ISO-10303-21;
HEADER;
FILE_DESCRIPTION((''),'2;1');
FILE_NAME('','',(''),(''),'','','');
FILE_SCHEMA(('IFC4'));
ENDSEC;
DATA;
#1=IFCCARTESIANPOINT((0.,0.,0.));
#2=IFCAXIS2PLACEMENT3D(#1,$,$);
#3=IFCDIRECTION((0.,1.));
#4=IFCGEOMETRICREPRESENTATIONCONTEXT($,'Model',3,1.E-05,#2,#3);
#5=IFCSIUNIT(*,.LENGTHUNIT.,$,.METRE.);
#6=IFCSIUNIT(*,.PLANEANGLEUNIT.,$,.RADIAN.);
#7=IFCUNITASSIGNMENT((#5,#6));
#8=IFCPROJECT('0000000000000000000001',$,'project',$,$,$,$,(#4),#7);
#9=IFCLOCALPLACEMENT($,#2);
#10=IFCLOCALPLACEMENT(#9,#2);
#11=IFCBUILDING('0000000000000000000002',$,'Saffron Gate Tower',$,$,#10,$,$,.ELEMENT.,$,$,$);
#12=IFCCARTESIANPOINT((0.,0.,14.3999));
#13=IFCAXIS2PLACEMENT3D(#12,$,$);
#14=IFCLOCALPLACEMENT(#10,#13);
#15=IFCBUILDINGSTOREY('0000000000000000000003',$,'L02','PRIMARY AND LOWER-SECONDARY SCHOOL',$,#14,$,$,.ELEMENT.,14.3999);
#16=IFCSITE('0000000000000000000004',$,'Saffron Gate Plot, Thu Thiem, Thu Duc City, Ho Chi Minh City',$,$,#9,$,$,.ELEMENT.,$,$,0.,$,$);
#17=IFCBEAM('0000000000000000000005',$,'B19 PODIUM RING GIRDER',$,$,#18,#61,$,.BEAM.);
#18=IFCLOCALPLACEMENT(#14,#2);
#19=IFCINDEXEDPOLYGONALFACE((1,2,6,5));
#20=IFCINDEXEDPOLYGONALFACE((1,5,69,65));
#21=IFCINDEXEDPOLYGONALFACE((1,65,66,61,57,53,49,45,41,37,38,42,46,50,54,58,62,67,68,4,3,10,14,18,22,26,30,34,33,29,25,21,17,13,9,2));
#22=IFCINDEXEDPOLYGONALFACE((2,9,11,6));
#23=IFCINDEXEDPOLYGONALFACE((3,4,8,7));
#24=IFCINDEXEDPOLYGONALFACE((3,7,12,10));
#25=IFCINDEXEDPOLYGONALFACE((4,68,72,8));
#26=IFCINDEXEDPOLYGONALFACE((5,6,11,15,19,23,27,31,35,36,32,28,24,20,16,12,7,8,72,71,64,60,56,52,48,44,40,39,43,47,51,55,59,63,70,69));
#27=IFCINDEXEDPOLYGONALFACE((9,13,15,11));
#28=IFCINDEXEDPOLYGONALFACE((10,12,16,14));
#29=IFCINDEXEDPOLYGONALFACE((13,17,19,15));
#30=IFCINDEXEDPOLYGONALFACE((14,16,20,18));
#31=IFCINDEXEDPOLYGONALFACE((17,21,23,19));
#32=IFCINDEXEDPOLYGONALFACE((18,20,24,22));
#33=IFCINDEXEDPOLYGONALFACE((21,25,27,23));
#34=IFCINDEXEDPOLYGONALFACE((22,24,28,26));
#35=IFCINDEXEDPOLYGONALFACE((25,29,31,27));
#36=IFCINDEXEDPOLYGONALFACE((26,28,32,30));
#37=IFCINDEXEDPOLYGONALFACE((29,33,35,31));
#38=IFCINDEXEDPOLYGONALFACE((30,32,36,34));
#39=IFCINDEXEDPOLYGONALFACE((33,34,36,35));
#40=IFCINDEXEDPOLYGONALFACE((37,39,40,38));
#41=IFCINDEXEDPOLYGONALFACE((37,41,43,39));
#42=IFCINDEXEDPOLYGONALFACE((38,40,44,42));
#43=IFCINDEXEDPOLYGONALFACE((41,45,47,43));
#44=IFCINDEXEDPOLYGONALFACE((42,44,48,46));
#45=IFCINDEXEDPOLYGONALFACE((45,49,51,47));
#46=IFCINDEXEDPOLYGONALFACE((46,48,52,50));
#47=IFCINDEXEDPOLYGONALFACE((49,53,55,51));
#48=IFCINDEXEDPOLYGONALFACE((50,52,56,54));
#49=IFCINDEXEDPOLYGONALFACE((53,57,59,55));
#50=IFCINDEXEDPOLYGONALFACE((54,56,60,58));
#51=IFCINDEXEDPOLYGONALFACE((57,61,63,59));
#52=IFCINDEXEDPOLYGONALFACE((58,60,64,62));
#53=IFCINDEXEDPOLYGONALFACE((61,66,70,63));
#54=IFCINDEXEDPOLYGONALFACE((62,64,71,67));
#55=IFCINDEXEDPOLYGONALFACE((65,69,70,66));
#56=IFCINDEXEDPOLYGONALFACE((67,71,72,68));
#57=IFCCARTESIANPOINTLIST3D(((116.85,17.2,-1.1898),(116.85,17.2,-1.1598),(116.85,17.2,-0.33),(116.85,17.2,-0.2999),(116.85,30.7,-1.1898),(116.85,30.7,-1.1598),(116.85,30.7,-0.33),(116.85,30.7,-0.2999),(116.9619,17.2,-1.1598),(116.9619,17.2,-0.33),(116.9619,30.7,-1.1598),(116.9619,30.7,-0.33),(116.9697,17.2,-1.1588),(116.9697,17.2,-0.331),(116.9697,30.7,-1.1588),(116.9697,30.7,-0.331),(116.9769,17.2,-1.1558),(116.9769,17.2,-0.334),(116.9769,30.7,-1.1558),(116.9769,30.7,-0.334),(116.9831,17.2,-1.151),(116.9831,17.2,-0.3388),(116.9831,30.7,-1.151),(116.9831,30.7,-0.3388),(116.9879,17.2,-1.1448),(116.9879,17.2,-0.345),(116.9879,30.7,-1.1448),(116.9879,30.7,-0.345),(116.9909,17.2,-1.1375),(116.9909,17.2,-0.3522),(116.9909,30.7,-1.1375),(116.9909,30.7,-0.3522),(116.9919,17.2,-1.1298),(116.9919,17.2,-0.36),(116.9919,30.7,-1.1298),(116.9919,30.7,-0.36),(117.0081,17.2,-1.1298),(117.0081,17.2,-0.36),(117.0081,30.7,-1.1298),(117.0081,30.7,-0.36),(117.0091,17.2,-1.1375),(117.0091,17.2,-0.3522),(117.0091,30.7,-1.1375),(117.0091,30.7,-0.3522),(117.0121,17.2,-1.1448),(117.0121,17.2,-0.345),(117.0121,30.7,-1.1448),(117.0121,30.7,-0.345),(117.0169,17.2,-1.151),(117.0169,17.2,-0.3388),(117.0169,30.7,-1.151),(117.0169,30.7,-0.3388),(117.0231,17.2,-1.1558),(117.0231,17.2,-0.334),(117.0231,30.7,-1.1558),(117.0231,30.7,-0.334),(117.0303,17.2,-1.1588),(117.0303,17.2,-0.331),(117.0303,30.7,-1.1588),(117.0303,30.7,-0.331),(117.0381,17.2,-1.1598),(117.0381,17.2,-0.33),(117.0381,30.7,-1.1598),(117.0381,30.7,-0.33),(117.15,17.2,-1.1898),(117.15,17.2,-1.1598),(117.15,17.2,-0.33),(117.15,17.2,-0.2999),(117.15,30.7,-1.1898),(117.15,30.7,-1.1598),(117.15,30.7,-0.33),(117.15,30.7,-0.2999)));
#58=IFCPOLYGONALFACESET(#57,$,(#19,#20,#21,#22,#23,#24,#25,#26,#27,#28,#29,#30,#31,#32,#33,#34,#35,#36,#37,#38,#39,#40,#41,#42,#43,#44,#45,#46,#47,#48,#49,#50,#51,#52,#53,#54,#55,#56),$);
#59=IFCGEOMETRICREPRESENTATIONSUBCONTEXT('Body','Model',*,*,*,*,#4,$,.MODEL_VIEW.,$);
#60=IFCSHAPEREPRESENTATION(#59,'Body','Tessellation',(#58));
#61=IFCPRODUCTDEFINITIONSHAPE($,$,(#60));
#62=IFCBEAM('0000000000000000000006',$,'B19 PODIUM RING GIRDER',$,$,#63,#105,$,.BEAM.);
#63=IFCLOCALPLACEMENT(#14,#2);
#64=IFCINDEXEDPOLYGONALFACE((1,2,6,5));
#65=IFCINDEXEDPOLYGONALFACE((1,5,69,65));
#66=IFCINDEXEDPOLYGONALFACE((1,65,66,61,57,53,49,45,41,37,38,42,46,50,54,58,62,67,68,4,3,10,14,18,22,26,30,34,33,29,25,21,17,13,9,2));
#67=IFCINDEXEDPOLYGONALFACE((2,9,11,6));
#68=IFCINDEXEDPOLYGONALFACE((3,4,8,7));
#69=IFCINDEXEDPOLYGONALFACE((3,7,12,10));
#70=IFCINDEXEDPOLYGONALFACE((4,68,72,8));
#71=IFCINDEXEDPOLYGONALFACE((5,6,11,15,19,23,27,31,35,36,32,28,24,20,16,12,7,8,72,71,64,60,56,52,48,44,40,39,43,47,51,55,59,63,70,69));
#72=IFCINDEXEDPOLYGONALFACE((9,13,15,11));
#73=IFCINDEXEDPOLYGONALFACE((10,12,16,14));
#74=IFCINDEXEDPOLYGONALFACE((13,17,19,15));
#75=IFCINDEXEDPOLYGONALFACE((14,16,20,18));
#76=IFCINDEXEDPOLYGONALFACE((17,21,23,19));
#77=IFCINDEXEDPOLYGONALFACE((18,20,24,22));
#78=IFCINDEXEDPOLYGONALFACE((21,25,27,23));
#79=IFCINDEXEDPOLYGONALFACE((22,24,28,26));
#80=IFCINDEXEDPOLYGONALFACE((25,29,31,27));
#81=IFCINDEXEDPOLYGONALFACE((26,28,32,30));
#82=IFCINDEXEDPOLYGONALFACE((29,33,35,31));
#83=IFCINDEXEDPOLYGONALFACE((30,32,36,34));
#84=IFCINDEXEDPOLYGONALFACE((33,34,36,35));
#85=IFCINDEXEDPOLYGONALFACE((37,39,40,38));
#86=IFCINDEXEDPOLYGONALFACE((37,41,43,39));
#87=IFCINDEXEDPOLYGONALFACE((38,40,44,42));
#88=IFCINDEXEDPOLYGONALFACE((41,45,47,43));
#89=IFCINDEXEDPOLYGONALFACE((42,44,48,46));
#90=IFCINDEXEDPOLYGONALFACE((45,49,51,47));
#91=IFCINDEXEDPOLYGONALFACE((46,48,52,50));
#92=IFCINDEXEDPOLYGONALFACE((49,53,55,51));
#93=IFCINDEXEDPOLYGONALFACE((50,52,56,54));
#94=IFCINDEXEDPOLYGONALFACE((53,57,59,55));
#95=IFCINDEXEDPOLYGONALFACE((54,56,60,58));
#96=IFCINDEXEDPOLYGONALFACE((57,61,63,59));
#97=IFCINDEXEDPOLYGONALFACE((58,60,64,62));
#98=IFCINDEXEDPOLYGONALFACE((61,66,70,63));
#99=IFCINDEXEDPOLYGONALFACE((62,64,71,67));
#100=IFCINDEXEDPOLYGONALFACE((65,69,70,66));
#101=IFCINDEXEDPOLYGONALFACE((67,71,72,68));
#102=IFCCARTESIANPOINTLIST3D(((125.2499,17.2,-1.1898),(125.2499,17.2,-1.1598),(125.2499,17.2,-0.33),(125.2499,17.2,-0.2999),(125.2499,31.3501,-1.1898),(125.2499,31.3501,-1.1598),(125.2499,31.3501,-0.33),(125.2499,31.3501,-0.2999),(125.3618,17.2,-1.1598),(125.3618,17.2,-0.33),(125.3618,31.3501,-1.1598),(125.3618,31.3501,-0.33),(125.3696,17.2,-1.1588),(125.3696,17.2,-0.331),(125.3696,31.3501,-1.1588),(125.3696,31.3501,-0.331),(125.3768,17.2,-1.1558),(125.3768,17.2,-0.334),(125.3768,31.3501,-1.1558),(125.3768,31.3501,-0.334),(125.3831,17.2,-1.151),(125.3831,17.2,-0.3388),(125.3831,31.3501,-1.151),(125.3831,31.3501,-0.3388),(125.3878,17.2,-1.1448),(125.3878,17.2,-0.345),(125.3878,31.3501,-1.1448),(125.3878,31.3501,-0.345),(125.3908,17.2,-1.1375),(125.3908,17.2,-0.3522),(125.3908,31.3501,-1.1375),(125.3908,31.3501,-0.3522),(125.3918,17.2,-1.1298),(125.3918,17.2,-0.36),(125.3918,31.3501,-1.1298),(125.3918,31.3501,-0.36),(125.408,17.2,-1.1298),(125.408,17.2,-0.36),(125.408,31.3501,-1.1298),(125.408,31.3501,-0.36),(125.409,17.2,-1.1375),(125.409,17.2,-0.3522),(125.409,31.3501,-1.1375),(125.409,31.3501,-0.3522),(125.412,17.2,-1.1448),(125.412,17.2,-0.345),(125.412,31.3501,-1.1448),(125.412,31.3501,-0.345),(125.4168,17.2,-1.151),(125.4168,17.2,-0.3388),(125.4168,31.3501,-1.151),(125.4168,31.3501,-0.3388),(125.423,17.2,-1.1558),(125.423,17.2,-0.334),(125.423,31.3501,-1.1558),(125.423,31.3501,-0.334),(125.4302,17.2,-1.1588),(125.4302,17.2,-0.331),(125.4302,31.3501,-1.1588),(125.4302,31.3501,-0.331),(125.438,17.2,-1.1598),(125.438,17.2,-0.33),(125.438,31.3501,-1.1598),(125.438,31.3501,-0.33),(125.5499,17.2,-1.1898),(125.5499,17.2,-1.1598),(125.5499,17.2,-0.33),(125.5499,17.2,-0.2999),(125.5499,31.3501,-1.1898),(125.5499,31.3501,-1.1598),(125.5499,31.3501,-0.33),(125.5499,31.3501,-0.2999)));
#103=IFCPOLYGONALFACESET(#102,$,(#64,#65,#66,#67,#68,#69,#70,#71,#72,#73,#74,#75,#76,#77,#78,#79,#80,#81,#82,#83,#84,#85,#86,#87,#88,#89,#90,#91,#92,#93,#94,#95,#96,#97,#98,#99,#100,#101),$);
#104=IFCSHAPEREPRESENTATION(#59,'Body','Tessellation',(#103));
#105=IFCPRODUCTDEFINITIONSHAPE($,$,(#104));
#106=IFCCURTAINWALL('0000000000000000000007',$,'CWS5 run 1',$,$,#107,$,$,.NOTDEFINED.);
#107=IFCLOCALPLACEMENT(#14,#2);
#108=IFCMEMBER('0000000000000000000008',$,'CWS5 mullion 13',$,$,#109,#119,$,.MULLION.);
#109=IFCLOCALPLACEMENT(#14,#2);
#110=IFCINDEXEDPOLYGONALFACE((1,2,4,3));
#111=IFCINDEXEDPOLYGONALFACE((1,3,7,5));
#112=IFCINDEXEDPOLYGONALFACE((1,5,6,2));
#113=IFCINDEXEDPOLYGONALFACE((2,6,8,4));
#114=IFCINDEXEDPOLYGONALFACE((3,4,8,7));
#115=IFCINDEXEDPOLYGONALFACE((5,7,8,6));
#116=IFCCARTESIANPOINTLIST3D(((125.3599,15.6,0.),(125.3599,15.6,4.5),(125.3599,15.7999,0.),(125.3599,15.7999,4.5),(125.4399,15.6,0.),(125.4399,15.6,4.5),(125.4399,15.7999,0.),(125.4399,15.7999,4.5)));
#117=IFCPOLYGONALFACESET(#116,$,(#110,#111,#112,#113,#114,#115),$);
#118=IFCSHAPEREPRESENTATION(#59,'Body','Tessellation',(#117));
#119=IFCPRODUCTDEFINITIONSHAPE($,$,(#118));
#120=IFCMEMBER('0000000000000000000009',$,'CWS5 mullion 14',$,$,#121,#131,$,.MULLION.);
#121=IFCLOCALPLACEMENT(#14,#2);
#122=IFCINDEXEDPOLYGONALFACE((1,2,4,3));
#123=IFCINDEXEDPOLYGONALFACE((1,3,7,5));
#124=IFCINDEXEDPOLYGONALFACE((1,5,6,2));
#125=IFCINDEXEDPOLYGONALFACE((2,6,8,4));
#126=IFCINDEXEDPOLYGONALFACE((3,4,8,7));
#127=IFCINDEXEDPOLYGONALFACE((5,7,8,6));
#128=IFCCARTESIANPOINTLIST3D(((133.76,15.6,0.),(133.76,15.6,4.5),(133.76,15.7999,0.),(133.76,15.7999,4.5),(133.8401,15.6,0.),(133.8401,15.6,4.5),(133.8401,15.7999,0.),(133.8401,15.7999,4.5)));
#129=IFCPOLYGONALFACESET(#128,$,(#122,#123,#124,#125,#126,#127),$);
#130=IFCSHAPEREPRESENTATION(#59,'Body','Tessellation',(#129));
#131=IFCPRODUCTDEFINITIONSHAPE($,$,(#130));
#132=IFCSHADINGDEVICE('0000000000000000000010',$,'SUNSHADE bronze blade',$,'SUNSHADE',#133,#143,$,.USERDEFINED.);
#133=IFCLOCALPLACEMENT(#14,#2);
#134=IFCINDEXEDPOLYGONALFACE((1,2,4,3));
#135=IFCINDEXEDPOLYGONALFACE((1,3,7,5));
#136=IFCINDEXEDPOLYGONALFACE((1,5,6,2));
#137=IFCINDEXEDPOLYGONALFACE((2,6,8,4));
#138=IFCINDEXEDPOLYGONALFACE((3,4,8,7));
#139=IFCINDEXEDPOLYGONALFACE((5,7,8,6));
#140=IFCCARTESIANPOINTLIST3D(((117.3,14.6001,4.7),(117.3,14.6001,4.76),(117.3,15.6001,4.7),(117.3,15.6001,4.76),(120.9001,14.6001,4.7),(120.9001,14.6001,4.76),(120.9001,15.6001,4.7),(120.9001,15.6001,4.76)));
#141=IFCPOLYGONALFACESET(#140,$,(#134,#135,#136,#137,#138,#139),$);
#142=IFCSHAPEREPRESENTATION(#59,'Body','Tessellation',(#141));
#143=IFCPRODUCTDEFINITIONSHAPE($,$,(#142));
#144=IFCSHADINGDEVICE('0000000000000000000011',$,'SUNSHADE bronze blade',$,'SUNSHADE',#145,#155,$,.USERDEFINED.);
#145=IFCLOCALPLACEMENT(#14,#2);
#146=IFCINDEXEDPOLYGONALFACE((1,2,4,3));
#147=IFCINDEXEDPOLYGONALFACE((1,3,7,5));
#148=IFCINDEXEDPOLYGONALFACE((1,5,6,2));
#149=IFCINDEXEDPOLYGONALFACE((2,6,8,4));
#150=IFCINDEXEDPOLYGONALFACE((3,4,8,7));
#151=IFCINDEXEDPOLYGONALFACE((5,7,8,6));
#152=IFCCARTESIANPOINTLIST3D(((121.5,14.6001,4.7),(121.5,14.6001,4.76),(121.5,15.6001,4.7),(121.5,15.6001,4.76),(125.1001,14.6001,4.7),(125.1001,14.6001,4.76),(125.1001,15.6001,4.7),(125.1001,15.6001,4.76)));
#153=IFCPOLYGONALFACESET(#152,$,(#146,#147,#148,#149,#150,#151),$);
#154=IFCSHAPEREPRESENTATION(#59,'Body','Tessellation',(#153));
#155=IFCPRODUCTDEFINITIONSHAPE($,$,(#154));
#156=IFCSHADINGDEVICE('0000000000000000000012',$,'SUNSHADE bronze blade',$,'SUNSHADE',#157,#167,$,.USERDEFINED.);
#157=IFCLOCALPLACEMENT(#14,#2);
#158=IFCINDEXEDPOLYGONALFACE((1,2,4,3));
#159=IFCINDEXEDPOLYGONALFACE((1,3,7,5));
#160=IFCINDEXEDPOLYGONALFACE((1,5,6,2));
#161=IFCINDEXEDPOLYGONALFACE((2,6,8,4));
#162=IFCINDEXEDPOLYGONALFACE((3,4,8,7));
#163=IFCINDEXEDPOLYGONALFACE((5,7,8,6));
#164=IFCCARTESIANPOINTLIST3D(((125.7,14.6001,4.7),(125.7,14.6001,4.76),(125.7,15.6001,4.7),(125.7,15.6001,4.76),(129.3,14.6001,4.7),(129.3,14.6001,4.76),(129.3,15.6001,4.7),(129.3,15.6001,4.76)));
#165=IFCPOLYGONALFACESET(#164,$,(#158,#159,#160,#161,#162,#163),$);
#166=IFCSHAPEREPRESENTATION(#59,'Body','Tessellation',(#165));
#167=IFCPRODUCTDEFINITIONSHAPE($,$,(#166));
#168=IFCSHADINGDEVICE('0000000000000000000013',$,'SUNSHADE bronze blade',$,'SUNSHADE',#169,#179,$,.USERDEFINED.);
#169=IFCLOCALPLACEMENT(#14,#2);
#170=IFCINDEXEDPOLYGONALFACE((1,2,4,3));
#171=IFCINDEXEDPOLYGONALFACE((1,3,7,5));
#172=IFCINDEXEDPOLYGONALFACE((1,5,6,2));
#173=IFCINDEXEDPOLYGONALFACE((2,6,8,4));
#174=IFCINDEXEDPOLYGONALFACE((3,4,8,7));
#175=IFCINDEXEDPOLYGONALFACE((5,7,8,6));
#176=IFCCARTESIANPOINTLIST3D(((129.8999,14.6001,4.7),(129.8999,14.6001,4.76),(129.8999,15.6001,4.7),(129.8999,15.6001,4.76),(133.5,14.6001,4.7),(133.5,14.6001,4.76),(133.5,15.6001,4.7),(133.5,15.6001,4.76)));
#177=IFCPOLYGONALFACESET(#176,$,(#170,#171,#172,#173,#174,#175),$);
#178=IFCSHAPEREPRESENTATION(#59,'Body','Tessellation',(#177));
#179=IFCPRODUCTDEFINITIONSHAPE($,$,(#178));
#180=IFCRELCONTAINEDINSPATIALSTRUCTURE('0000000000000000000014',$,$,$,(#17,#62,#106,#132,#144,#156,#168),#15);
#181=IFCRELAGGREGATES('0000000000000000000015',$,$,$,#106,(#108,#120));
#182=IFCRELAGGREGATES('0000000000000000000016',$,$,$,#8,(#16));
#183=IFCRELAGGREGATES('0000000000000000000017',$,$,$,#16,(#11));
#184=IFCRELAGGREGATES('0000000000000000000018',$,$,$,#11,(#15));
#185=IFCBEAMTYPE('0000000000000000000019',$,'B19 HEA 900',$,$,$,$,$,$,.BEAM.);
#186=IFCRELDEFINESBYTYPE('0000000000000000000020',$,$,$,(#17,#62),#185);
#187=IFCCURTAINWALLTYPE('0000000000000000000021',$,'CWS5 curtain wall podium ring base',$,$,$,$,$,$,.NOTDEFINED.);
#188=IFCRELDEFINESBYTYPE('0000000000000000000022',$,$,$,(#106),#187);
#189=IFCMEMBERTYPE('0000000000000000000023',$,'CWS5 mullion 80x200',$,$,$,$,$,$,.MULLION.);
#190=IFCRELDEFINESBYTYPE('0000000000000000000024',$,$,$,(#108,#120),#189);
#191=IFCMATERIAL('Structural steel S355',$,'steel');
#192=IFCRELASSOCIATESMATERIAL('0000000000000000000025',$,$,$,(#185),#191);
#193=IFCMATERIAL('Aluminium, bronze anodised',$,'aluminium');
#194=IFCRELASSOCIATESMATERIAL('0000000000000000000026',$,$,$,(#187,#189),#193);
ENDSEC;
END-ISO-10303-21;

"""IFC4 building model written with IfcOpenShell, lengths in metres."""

from ifc_helpers import new_model, si_unit, direction, frame, origin, origin_2d, place, context, subcontext, project, spatial, rectangle, i_section, extrude, material, material_profile, profile_set, type_object, element, aggregate, save


model = new_model("IFC4")

# Units and contexts
model_context = context("Model", 3, precision=1e-05, world=origin(), true_north=direction((0.0, 1.0)))
body_context = subcontext(model_context, "Body", "Model", "MODEL_VIEW")
ifc_project = project(units=[si_unit("LENGTHUNIT", "METRE"), si_unit("PLANEANGLEUNIT", "RADIAN")], contexts=[model_context])

# Site, building, storey
site_placement = place(None, origin())
site = spatial("IfcSite", under=ifc_project, at=site_placement, Name="Saffron Gate Plot, Thu Thiem, Thu Duc City, Ho Chi Minh City", CompositionType="ELEMENT", RefElevation=0.0)
building_placement = place(site_placement, origin())
building = spatial("IfcBuilding", under=site, at=building_placement, Name="Saffron Gate Tower", CompositionType="ELEMENT")
storey_placement = place(building_placement, frame((0.0, 0.0, 14.3999)))
storey = spatial("IfcBuildingStorey", under=building, at=storey_placement, Name="L02", Description="PRIMARY AND LOWER-SECONDARY SCHOOL", CompositionType="ELEMENT", Elevation=14.3999)

# Beams
ifc_material_1 = material(Name="Structural steel S355", Category="steel")
ifc_material_profile_1 = material_profile(ifc_material_1, i_section(OverallWidth=0.3, OverallDepth=0.8899, WebThickness=0.0161, FlangeThickness=0.03, FilletRadius=0.03, at=origin_2d()))
ifc_profile_set_1 = profile_set([ifc_material_profile_1], Name="Structural steel S355")
beam_type_1 = type_object("IfcBeamType", Name="B19 HEA 900", PredefinedType="BEAM", material=ifc_profile_set_1)
beam_1_placement = place(storey_placement, frame((117.0, 17.2, -0.7449), z_axis=(0.0, 1.0, 0.0), x_axis=(-1.0, 0.0, 0.0)))
element("IfcBeam", 1, at=beam_1_placement, inside=storey, type_object=beam_type_1, Name="B19 PODIUM RING GIRDER", PredefinedType="BEAM", context=body_context, shape_type="SweptSolid", body=[
    extrude(i_section(OverallWidth=0.3, OverallDepth=0.8899, WebThickness=0.0161, FlangeThickness=0.03, FilletRadius=0.03, at=origin_2d()), origin(), (0.0, 0.0, 1.0), 13.5),
])
beam_2_placement = place(storey_placement, frame((125.3999, 17.2, -0.7449), z_axis=(0.0, 1.0, 0.0), x_axis=(-1.0, 0.0, 0.0)))
element("IfcBeam", 2, at=beam_2_placement, inside=storey, type_object=beam_type_1, Name="B19 PODIUM RING GIRDER", PredefinedType="BEAM", context=body_context, shape_type="SweptSolid", body=[
    extrude(i_section(OverallWidth=0.3, OverallDepth=0.8899, WebThickness=0.0161, FlangeThickness=0.03, FilletRadius=0.03, at=origin_2d()), origin(), (0.0, 0.0, 1.0), 14.1501),
])

# Curtain wall, members
ifc_material_2 = material(Name="Aluminium, bronze anodised", Category="aluminium")
curtain_wall_type = type_object("IfcCurtainWallType", Name="CWS5 curtain wall podium ring base", PredefinedType="NOTDEFINED", material=ifc_material_2)
curtain_wall_placement = place(storey_placement, origin())
curtain_wall = element("IfcCurtainWall", 3, at=curtain_wall_placement, inside=storey, type_object=curtain_wall_type, Name="CWS5 run 1", PredefinedType="NOTDEFINED")
ifc_material_profile_2 = material_profile(ifc_material_2, rectangle(XDim=0.2, YDim=0.0801, at=origin_2d()))
ifc_profile_set_2 = profile_set([ifc_material_profile_2], Name="Aluminium, bronze anodised")
member_type = type_object("IfcMemberType", Name="CWS5 mullion 80x200", PredefinedType="MULLION", material=ifc_profile_set_2)
member_1_placement = place(storey_placement, frame((125.3999, 15.7, 0.0), z_axis=(0.0, 0.0, 1.0), x_axis=(0.0, 1.0, 0.0)))
member_1 = element("IfcMember", 4, at=member_1_placement, type_object=member_type, Name="CWS5 mullion 13", PredefinedType="MULLION", context=body_context, shape_type="SweptSolid", body=[
    extrude(rectangle(XDim=0.2, YDim=0.0801, at=origin_2d()), origin(), (0.0, 0.0, 1.0), 4.5),
])
member_2_placement = place(storey_placement, frame((133.8, 15.7, 0.0), z_axis=(0.0, 0.0, 1.0), x_axis=(0.0, 1.0, 0.0)))
member_2 = element("IfcMember", 5, at=member_2_placement, type_object=member_type, Name="CWS5 mullion 14", PredefinedType="MULLION", context=body_context, shape_type="SweptSolid", body=[
    extrude(rectangle(XDim=0.2, YDim=0.0801, at=origin_2d()), origin(), (0.0, 0.0, 1.0), 4.5),
])
aggregate(curtain_wall, [member_1, member_2])

# Shading devices
for number, where, z_axis, x_axis, name in (
    (6, (119.1001, 15.1001, 4.7), (0.0, 0.0, 1.0), (1.0, 0.0, 0.0), "SUNSHADE bronze blade"),
    (7, (123.3, 15.1001, 4.7), (0.0, 0.0, 1.0), (1.0, 0.0, 0.0), "SUNSHADE bronze blade"),
    (8, (127.5, 15.1001, 4.7), (0.0, 0.0, 1.0), (1.0, 0.0, 0.0), "SUNSHADE bronze blade"),
    (9, (131.7, 15.1001, 4.7), (0.0, 0.0, 1.0), (1.0, 0.0, 0.0), "SUNSHADE bronze blade"),
):
    element("IfcShadingDevice", number, at=place(storey_placement, frame(where, z_axis=z_axis, x_axis=x_axis)), inside=storey, Name=name, ObjectType="SUNSHADE", PredefinedType="USERDEFINED", context=body_context, shape_type="SweptSolid", body=[
        extrude(rectangle(XDim=3.6001, YDim=1.0, at=origin_2d()), origin(), (0.0, 0.0, 1.0), 0.0601),
    ])

save(model, "model.ifc")
